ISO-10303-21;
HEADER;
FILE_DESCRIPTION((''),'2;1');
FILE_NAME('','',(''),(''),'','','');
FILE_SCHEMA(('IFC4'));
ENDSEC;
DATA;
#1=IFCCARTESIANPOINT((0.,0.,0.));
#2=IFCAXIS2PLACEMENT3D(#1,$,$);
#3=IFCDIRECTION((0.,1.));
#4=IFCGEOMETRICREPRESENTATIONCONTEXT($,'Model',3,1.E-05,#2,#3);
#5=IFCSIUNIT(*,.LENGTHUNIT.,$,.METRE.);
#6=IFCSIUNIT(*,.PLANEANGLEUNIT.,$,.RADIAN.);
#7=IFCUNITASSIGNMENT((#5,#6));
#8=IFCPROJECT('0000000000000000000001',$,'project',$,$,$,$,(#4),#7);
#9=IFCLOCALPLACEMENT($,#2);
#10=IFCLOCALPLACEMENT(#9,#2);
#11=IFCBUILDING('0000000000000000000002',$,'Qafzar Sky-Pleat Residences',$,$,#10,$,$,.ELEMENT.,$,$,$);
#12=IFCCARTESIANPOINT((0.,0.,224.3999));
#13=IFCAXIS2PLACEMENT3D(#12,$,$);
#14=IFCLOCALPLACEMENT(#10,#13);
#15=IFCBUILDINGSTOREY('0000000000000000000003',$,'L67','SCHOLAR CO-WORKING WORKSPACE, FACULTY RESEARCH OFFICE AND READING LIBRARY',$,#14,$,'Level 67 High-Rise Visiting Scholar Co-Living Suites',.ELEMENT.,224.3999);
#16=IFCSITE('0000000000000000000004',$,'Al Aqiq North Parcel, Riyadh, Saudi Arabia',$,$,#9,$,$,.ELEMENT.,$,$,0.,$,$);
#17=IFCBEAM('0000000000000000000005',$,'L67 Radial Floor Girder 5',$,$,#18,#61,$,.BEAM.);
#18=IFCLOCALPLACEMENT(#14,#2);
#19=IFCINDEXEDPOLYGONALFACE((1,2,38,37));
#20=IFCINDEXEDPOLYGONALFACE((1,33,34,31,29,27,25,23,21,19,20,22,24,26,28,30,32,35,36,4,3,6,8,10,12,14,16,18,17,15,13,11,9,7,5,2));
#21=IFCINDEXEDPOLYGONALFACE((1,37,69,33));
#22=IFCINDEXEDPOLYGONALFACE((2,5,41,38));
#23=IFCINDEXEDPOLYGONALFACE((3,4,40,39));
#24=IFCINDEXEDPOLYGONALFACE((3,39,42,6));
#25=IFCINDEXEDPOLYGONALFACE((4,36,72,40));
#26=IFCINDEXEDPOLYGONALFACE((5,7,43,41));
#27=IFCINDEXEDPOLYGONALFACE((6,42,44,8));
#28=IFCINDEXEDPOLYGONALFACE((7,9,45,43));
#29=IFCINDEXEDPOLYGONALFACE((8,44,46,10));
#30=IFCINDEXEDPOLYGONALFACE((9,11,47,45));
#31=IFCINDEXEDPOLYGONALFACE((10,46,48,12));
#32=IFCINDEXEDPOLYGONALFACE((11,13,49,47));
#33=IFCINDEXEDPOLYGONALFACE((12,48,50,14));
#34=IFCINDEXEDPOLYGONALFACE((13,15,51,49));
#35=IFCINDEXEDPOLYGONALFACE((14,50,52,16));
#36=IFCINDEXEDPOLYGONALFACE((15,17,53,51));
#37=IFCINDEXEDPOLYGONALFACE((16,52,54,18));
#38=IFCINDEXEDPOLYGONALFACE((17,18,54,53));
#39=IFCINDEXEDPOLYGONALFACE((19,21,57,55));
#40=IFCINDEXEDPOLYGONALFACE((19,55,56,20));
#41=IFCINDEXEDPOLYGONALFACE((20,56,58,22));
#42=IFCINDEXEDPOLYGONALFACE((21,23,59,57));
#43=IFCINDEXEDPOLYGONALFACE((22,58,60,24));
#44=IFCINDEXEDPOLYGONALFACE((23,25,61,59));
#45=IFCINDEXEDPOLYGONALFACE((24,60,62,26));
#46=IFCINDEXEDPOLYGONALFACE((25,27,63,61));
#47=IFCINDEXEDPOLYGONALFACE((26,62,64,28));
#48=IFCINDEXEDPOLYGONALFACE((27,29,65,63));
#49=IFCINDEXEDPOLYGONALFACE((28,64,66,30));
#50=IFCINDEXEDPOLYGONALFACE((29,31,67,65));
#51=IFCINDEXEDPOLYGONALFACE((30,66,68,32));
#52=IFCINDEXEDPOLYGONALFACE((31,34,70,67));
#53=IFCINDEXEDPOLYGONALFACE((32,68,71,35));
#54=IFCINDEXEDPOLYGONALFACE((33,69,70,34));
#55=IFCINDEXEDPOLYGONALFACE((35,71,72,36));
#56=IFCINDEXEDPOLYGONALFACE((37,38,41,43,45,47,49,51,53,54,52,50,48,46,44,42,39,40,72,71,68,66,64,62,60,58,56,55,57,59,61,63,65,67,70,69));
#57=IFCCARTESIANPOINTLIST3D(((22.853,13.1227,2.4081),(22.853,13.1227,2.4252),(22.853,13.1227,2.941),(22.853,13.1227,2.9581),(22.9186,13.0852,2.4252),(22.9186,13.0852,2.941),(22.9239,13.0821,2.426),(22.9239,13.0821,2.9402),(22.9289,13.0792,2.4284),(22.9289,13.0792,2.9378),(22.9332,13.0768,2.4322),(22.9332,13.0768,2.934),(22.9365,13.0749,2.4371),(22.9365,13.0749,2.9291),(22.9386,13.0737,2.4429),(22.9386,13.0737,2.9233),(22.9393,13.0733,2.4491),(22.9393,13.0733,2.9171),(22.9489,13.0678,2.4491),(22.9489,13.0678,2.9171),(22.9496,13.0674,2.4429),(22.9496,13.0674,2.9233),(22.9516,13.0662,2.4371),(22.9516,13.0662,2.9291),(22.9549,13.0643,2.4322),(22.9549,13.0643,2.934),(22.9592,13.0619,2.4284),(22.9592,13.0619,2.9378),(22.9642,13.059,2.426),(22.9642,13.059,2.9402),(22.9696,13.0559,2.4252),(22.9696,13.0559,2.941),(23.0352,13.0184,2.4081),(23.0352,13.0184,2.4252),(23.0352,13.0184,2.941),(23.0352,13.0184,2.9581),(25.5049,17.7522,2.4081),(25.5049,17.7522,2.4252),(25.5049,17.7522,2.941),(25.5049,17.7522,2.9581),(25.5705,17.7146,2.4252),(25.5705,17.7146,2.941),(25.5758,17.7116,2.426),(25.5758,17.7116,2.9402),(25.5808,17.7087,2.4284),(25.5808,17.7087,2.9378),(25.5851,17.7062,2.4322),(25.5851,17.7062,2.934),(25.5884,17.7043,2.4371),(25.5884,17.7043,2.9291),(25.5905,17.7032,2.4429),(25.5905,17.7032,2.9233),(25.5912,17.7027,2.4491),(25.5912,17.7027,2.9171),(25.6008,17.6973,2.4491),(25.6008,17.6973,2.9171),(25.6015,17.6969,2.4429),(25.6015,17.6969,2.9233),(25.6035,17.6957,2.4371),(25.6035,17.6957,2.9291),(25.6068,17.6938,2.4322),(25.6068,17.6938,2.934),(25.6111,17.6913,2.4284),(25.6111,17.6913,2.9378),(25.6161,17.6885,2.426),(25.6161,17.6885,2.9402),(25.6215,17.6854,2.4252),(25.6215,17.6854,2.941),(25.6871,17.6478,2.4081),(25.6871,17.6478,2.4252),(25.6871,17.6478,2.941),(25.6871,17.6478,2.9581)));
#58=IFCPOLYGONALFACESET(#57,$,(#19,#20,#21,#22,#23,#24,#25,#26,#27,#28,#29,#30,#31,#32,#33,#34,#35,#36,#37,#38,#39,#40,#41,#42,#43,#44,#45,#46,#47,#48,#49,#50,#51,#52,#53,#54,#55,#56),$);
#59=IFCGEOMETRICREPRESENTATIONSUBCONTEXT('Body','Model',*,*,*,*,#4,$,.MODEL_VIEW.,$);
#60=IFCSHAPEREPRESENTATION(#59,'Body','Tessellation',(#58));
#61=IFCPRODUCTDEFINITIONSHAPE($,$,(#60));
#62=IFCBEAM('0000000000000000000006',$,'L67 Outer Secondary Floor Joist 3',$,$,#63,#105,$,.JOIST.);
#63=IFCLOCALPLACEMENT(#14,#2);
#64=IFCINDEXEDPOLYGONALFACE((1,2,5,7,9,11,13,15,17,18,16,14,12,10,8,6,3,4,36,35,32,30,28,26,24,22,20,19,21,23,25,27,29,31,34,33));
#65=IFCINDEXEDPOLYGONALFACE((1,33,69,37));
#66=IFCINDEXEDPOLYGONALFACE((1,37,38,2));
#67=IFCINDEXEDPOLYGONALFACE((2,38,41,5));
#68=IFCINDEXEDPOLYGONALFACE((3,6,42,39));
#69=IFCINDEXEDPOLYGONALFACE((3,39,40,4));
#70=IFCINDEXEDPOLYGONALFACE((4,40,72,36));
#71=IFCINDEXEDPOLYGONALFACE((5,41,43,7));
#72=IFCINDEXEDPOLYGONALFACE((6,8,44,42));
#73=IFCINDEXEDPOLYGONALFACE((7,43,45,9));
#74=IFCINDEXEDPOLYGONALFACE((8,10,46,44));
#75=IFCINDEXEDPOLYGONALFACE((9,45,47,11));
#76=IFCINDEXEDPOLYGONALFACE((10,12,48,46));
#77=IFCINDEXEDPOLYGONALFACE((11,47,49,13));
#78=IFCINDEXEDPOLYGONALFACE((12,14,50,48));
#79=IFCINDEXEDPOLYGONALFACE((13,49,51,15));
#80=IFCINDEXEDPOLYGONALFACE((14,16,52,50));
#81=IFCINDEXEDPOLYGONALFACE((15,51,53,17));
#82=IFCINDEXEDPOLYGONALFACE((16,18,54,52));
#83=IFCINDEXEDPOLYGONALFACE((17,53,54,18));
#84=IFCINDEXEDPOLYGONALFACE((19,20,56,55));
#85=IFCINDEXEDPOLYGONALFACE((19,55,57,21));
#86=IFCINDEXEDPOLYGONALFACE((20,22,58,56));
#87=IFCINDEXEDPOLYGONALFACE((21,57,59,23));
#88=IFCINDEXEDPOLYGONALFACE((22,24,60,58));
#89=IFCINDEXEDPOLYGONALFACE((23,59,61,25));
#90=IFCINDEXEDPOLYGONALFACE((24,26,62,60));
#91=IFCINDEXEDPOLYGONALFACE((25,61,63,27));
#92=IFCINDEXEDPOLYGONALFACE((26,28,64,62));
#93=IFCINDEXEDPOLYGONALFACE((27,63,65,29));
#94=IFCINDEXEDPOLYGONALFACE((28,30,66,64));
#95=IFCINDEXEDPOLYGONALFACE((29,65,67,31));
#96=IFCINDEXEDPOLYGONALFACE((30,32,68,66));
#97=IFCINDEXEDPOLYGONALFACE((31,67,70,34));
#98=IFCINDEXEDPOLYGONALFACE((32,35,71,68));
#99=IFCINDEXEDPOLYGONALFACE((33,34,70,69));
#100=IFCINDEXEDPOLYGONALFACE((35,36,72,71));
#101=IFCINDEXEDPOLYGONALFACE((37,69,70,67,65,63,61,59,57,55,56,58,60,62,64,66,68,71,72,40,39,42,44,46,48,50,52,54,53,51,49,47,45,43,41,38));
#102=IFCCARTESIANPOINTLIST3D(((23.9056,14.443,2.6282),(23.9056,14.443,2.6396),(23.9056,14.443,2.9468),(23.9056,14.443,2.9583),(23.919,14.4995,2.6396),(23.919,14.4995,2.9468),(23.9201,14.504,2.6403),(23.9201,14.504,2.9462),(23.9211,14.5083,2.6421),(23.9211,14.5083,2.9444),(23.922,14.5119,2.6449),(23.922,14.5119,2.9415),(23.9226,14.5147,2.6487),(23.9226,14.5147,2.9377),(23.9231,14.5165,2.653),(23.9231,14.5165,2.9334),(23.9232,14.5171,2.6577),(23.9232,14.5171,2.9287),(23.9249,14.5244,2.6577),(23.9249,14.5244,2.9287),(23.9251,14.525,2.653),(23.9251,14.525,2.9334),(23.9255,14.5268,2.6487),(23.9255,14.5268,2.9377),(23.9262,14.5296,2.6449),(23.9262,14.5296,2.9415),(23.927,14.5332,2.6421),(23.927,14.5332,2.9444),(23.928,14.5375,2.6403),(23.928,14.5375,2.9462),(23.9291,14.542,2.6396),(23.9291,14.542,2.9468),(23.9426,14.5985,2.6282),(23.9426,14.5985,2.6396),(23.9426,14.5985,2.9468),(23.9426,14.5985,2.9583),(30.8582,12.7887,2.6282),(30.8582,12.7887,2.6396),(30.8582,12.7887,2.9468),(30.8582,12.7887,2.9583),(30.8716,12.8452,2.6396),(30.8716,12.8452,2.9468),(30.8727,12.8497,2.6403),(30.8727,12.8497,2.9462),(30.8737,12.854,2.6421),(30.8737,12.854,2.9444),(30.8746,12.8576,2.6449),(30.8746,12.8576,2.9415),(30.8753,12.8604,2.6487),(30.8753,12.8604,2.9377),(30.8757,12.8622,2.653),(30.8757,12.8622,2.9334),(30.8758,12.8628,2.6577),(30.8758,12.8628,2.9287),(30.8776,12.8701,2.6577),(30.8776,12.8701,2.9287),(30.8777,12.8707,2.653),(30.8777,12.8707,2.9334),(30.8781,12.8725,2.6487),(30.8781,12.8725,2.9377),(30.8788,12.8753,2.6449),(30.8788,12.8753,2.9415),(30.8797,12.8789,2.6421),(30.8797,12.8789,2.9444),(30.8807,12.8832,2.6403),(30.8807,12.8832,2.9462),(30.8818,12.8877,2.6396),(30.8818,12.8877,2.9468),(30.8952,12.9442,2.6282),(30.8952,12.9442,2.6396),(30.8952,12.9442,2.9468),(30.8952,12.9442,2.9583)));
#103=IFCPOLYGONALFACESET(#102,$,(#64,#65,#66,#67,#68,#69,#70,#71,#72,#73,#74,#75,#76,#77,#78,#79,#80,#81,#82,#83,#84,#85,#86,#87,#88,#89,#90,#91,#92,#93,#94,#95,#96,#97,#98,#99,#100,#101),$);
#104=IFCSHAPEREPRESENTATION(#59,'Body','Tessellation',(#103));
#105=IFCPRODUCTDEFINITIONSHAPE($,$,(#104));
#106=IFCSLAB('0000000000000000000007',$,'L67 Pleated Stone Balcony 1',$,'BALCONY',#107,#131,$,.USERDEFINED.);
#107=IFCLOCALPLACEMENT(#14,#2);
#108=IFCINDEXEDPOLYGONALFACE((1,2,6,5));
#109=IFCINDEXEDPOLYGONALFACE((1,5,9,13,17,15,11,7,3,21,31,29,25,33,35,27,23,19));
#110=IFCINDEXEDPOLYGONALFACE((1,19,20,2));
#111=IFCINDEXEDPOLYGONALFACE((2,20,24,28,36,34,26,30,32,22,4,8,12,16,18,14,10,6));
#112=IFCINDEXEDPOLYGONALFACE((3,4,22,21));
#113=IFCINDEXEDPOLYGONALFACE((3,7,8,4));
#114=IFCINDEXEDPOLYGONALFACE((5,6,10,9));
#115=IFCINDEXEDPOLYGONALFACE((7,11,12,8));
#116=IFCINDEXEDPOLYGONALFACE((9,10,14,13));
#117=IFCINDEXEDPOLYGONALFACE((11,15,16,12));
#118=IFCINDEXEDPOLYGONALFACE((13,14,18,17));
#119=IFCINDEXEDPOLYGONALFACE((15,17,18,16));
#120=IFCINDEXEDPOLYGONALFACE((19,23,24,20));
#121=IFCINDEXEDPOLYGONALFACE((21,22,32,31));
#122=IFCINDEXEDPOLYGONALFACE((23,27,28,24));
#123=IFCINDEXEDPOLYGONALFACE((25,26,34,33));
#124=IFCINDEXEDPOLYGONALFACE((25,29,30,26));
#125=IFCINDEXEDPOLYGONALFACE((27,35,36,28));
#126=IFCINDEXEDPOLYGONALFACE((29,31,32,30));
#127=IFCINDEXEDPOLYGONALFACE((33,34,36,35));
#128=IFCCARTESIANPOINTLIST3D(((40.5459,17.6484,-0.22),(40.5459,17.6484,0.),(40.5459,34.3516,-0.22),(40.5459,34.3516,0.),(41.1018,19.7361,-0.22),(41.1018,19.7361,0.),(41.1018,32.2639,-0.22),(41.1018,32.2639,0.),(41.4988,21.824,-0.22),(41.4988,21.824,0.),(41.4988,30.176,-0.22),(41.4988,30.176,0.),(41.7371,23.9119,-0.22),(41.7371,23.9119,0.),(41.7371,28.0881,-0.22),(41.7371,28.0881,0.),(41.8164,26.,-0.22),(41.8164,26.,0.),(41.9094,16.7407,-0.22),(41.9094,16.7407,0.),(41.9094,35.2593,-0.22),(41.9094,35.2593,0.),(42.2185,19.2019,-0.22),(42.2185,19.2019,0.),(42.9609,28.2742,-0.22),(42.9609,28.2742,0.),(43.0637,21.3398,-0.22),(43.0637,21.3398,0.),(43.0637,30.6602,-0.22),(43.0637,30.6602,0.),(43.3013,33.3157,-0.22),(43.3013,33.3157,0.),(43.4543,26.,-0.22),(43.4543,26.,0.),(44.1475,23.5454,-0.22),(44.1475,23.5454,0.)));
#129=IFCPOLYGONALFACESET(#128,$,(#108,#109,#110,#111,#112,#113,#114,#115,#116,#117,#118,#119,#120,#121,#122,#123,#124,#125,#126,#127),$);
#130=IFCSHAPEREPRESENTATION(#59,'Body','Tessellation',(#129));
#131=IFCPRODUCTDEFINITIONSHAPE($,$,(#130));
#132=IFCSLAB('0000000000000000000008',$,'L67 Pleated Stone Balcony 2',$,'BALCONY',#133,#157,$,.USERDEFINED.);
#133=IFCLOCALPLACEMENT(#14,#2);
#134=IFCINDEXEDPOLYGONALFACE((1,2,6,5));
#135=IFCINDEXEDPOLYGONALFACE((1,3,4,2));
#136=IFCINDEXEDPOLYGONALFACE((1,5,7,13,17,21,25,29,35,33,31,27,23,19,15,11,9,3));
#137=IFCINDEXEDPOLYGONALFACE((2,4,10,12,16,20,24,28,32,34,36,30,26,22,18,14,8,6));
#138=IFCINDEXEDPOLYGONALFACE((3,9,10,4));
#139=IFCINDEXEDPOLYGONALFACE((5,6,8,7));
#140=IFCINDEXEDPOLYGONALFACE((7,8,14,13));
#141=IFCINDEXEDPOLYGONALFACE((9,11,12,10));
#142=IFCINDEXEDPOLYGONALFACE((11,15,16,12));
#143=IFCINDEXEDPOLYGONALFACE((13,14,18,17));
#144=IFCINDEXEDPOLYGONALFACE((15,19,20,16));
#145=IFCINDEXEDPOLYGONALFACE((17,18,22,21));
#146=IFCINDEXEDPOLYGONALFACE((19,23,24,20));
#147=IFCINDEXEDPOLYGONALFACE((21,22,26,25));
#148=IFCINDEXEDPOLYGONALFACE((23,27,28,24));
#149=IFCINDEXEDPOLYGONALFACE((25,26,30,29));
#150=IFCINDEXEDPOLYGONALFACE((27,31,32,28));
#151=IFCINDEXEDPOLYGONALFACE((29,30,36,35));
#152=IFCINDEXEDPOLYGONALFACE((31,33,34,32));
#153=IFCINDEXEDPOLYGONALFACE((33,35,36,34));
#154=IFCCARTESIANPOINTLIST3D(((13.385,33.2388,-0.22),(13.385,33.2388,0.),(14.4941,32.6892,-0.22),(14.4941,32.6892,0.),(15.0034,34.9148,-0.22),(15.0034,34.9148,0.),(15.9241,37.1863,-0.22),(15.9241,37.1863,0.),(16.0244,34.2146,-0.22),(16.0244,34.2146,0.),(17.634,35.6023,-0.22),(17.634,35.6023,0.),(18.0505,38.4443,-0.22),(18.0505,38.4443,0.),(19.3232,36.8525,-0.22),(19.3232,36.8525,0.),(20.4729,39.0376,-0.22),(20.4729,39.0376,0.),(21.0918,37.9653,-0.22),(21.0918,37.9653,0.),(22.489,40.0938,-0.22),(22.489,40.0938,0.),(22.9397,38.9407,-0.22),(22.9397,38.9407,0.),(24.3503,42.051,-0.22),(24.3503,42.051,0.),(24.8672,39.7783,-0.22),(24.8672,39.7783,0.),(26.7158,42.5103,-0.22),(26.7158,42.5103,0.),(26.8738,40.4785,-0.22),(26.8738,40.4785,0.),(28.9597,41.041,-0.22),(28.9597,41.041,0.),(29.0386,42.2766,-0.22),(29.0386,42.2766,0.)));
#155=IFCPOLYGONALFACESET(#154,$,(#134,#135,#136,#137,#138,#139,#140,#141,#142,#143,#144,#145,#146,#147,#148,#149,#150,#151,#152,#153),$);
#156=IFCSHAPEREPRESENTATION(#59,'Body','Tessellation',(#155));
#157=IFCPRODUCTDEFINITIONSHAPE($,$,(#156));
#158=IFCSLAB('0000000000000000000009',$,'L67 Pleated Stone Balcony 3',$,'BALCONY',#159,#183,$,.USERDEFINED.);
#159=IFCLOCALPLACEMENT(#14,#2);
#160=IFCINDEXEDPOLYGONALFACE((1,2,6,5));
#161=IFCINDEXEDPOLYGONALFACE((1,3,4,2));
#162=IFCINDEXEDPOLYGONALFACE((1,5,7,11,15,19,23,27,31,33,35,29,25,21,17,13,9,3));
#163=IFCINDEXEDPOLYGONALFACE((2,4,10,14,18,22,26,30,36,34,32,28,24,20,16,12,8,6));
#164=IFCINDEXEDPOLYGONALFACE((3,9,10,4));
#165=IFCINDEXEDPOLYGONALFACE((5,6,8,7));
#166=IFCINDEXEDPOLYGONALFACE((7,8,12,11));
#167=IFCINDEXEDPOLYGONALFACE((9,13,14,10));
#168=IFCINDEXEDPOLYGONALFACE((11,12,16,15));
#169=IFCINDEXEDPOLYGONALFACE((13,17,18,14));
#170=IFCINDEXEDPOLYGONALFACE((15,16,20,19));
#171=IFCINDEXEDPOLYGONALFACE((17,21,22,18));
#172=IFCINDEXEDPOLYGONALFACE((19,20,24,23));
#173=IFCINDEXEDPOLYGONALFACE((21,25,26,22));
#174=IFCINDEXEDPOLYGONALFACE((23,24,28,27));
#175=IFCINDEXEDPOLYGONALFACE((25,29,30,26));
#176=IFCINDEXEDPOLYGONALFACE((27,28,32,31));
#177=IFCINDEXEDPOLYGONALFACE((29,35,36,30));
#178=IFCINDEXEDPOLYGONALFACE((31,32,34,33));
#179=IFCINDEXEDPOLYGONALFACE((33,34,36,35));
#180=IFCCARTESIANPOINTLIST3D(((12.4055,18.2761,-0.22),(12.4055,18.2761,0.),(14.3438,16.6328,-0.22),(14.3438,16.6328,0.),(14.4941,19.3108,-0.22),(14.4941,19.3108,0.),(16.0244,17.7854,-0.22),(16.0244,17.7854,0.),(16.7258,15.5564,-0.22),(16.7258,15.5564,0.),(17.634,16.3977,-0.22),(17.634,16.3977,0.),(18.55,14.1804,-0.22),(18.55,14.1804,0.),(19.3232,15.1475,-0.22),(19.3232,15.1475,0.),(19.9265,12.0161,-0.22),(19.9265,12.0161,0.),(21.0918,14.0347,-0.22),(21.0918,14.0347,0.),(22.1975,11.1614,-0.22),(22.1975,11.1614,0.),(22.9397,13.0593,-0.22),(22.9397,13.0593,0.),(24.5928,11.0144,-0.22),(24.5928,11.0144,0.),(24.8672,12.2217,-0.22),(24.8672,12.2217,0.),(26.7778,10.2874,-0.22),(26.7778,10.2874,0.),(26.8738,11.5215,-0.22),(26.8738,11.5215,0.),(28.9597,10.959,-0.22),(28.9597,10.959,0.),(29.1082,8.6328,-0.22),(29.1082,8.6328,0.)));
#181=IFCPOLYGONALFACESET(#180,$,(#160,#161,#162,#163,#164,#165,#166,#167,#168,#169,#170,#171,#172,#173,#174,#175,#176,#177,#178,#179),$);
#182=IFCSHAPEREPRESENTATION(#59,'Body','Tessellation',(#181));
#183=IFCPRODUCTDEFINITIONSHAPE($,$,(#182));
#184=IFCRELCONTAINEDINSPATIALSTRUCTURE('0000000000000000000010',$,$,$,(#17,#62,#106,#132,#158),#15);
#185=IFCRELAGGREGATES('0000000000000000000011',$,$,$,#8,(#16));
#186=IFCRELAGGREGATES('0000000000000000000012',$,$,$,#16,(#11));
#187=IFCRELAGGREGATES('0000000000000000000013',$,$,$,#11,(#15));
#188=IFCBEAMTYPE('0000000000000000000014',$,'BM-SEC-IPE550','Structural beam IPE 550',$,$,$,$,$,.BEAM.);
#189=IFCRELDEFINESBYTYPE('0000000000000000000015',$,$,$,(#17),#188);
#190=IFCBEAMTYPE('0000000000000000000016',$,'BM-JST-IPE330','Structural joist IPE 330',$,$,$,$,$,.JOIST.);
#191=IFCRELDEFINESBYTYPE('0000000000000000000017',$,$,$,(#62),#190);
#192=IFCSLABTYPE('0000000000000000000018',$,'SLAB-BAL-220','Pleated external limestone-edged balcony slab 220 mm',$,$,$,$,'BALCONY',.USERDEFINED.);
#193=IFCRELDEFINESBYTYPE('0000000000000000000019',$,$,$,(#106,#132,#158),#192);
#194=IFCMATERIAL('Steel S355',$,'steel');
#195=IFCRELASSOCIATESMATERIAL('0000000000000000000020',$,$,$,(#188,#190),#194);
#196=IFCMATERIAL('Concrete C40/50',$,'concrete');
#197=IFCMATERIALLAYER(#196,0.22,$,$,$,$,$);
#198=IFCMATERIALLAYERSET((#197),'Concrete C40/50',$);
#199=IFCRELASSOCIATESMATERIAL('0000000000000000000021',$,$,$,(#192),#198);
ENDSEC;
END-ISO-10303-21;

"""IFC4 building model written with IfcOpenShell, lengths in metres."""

from ifc_helpers import new_model, si_unit, direction, frame, origin, origin_2d, place, context, subcontext, project, spatial, polyline, i_section, outline, extrude, source, transform, mapped, material, layer, layer_set, material_profile, profile_set, type_object, element, save


model = new_model("IFC4")

# Units and contexts
model_context = context("Model", 3, precision=1e-05, world=origin(), true_north=direction((0.0, 1.0)))
body_context = subcontext(model_context, "Body", "Model", "MODEL_VIEW")
ifc_project = project(units=[si_unit("LENGTHUNIT", "METRE"), si_unit("PLANEANGLEUNIT", "RADIAN")], contexts=[model_context])

# Site, building, storey
site_placement = place(None, origin())
site = spatial("IfcSite", under=ifc_project, at=site_placement, Name="Al Aqiq North Parcel, Riyadh, Saudi Arabia", CompositionType="ELEMENT", RefElevation=0.0)
building_placement = place(site_placement, origin())
building = spatial("IfcBuilding", under=site, at=building_placement, Name="Qafzar Sky-Pleat Residences", CompositionType="ELEMENT")
storey_placement = place(building_placement, frame((0.0, 0.0, 224.3999)))
storey = spatial("IfcBuildingStorey", under=building, at=storey_placement, Name="L67", Description="SCHOLAR CO-WORKING WORKSPACE, FACULTY RESEARCH OFFICE AND READING LIBRARY", LongName="Level 67 High-Rise Visiting Scholar Co-Living Suites", CompositionType="ELEMENT", Elevation=224.3999)

# Shared definitions
ifc_material_1 = material(Name="Steel S355", Category="steel")

# Beams
ifc_material_profile_1 = material_profile(ifc_material_1, i_section(OverallWidth=0.21, OverallDepth=0.55, WebThickness=0.011, FlangeThickness=0.0171, FilletRadius=0.0239, at=origin_2d()), Name="IPE 550")
ifc_profile_set_1 = profile_set([ifc_material_profile_1], Name="Steel S355")
beam_type_1 = type_object("IfcBeamType", Name="BM-SEC-IPE550", Description="Structural beam IPE 550", PredefinedType="BEAM", material=ifc_profile_set_1)
shared_shape_1 = source(origin(), body_context, "Body", "SweptSolid", [
    extrude(i_section(OverallWidth=0.21, OverallDepth=0.55, WebThickness=0.011, FlangeThickness=0.0171, FilletRadius=0.0239, at=origin_2d()), origin(), (0.0, 0.0, 1.0), 5.3352),
])
beam_1_placement = place(storey_placement, frame((22.9441, 13.0706, 2.6831), z_axis=(0.497055, 0.867719, 0.0), x_axis=(-0.867719, 0.497055, 0.0)))
element("IfcBeam", 1, at=beam_1_placement, inside=storey, type_object=beam_type_1, Name="L67 Radial Floor Girder 5", PredefinedType="BEAM", context=body_context, shape_type="MappedRepresentation", body=[
    mapped(shared_shape_1, transform((0.0, 0.0, 0.0), x_axis=(1.0, 0.0, 0.0), y_axis=(0.0, 1.0, 0.0), z_axis=(0.0, 0.0, 1.0), scale=1.0)),
])
ifc_material_profile_2 = material_profile(ifc_material_1, i_section(OverallWidth=0.1599, OverallDepth=0.3301, WebThickness=0.0076, FlangeThickness=0.0115, FilletRadius=0.0181, at=origin_2d()), Name="IPE 330")
ifc_profile_set_2 = profile_set([ifc_material_profile_2], Name="Steel S355")
beam_type_2 = type_object("IfcBeamType", Name="BM-JST-IPE330", Description="Structural joist IPE 330", PredefinedType="JOIST", material=ifc_profile_set_2)
shared_shape_2 = source(origin(), body_context, "Body", "SweptSolid", [
    extrude(i_section(OverallWidth=0.1599, OverallDepth=0.3301, WebThickness=0.0076, FlangeThickness=0.0115, FilletRadius=0.0181, at=origin_2d()), origin(), (0.0, 0.0, 1.0), 7.1467),
])
beam_2_placement = place(storey_placement, frame((23.9241, 14.5208, 2.7932), z_axis=(0.972841, -0.231476, 0.0), x_axis=(0.231476, 0.972841, 0.0)))
element("IfcBeam", 2, at=beam_2_placement, inside=storey, type_object=beam_type_2, Name="L67 Outer Secondary Floor Joist 3", PredefinedType="JOIST", context=body_context, shape_type="MappedRepresentation", body=[
    mapped(shared_shape_2, transform((0.0, 0.0, 0.0), x_axis=(1.0, 0.0, 0.0), y_axis=(0.0, 1.0, 0.0), z_axis=(0.0, 0.0, 1.0), scale=1.0)),
])

# Slabs
ifc_material_2 = material(Name="Concrete C40/50", Category="concrete")
ifc_layer_1 = layer(ifc_material_2, 0.22)
ifc_layer_set_1 = layer_set([ifc_layer_1], Name="Concrete C40/50")
slab_type_1 = type_object("IfcSlabType", Name="SLAB-BAL-220", Description="Pleated external limestone-edged balcony slab 220 mm", ElementType="BALCONY", PredefinedType="USERDEFINED", material=ifc_layer_set_1)
slab_1_placement = place(storey_placement, frame((0.0, 0.0, -0.22)))
element("IfcSlab", 3, at=slab_1_placement, inside=storey, type_object=slab_type_1, Name="L67 Pleated Stone Balcony 1", ObjectType="BALCONY", PredefinedType="USERDEFINED", context=body_context, shape_type="SweptSolid", body=[
    extrude(outline(polyline([(41.1018, 19.7361), (41.4988, 21.824), (41.7371, 23.9119), (41.8164, 26.0), (41.7371, 28.0881), (41.4988, 30.176), (41.1018, 32.2639), (40.5459, 34.3516), (41.9094, 35.2593), (43.3013, 33.3157), (43.0637, 30.6602), (42.9609, 28.2742), (43.4543, 26.0), (44.1475, 23.5454), (43.0637, 21.3398), (42.2185, 19.2019), (41.9094, 16.7407), (40.5459, 17.6484), (41.1018, 19.7361)])), origin(), (0.0, 0.0, 1.0), 0.22),
])
slab_2_placement = place(storey_placement, frame((0.0, 0.0, -0.22)))
element("IfcSlab", 4, at=slab_2_placement, inside=storey, type_object=slab_type_1, Name="L67 Pleated Stone Balcony 2", ObjectType="BALCONY", PredefinedType="USERDEFINED", context=body_context, shape_type="SweptSolid", body=[
    extrude(outline(polyline([(26.8738, 40.4785), (24.8672, 39.7783), (22.9397, 38.9407), (21.0918, 37.9653), (19.3232, 36.8525), (17.634, 35.6023), (16.0244, 34.2146), (14.4941, 32.6892), (13.385, 33.2388), (15.0034, 34.9148), (15.9241, 37.1863), (18.0505, 38.4443), (20.4729, 39.0376), (22.489, 40.0938), (24.3503, 42.051), (26.7158, 42.5103), (29.0386, 42.2766), (28.9597, 41.041), (26.8738, 40.4785)])), origin(), (0.0, 0.0, 1.0), 0.22),
])
slab_3_placement = place(storey_placement, frame((0.0, 0.0, -0.22)))
element("IfcSlab", 5, at=slab_3_placement, inside=storey, type_object=slab_type_1, Name="L67 Pleated Stone Balcony 3", ObjectType="BALCONY", PredefinedType="USERDEFINED", context=body_context, shape_type="SweptSolid", body=[
    extrude(outline(polyline([(16.0244, 17.7854), (17.634, 16.3977), (19.3232, 15.1475), (21.0918, 14.0347), (22.9397, 13.0593), (24.8672, 12.2217), (26.8738, 11.5215), (28.9597, 10.959), (29.1082, 8.6328), (26.7778, 10.2874), (24.5928, 11.0144), (22.1975, 11.1614), (19.9265, 12.0161), (18.55, 14.1804), (16.7258, 15.5564), (14.3438, 16.6328), (12.4055, 18.2761), (14.4941, 19.3108), (16.0244, 17.7854)])), origin(), (0.0, 0.0, 1.0), 0.22),
])

save(model, "model.ifc")
